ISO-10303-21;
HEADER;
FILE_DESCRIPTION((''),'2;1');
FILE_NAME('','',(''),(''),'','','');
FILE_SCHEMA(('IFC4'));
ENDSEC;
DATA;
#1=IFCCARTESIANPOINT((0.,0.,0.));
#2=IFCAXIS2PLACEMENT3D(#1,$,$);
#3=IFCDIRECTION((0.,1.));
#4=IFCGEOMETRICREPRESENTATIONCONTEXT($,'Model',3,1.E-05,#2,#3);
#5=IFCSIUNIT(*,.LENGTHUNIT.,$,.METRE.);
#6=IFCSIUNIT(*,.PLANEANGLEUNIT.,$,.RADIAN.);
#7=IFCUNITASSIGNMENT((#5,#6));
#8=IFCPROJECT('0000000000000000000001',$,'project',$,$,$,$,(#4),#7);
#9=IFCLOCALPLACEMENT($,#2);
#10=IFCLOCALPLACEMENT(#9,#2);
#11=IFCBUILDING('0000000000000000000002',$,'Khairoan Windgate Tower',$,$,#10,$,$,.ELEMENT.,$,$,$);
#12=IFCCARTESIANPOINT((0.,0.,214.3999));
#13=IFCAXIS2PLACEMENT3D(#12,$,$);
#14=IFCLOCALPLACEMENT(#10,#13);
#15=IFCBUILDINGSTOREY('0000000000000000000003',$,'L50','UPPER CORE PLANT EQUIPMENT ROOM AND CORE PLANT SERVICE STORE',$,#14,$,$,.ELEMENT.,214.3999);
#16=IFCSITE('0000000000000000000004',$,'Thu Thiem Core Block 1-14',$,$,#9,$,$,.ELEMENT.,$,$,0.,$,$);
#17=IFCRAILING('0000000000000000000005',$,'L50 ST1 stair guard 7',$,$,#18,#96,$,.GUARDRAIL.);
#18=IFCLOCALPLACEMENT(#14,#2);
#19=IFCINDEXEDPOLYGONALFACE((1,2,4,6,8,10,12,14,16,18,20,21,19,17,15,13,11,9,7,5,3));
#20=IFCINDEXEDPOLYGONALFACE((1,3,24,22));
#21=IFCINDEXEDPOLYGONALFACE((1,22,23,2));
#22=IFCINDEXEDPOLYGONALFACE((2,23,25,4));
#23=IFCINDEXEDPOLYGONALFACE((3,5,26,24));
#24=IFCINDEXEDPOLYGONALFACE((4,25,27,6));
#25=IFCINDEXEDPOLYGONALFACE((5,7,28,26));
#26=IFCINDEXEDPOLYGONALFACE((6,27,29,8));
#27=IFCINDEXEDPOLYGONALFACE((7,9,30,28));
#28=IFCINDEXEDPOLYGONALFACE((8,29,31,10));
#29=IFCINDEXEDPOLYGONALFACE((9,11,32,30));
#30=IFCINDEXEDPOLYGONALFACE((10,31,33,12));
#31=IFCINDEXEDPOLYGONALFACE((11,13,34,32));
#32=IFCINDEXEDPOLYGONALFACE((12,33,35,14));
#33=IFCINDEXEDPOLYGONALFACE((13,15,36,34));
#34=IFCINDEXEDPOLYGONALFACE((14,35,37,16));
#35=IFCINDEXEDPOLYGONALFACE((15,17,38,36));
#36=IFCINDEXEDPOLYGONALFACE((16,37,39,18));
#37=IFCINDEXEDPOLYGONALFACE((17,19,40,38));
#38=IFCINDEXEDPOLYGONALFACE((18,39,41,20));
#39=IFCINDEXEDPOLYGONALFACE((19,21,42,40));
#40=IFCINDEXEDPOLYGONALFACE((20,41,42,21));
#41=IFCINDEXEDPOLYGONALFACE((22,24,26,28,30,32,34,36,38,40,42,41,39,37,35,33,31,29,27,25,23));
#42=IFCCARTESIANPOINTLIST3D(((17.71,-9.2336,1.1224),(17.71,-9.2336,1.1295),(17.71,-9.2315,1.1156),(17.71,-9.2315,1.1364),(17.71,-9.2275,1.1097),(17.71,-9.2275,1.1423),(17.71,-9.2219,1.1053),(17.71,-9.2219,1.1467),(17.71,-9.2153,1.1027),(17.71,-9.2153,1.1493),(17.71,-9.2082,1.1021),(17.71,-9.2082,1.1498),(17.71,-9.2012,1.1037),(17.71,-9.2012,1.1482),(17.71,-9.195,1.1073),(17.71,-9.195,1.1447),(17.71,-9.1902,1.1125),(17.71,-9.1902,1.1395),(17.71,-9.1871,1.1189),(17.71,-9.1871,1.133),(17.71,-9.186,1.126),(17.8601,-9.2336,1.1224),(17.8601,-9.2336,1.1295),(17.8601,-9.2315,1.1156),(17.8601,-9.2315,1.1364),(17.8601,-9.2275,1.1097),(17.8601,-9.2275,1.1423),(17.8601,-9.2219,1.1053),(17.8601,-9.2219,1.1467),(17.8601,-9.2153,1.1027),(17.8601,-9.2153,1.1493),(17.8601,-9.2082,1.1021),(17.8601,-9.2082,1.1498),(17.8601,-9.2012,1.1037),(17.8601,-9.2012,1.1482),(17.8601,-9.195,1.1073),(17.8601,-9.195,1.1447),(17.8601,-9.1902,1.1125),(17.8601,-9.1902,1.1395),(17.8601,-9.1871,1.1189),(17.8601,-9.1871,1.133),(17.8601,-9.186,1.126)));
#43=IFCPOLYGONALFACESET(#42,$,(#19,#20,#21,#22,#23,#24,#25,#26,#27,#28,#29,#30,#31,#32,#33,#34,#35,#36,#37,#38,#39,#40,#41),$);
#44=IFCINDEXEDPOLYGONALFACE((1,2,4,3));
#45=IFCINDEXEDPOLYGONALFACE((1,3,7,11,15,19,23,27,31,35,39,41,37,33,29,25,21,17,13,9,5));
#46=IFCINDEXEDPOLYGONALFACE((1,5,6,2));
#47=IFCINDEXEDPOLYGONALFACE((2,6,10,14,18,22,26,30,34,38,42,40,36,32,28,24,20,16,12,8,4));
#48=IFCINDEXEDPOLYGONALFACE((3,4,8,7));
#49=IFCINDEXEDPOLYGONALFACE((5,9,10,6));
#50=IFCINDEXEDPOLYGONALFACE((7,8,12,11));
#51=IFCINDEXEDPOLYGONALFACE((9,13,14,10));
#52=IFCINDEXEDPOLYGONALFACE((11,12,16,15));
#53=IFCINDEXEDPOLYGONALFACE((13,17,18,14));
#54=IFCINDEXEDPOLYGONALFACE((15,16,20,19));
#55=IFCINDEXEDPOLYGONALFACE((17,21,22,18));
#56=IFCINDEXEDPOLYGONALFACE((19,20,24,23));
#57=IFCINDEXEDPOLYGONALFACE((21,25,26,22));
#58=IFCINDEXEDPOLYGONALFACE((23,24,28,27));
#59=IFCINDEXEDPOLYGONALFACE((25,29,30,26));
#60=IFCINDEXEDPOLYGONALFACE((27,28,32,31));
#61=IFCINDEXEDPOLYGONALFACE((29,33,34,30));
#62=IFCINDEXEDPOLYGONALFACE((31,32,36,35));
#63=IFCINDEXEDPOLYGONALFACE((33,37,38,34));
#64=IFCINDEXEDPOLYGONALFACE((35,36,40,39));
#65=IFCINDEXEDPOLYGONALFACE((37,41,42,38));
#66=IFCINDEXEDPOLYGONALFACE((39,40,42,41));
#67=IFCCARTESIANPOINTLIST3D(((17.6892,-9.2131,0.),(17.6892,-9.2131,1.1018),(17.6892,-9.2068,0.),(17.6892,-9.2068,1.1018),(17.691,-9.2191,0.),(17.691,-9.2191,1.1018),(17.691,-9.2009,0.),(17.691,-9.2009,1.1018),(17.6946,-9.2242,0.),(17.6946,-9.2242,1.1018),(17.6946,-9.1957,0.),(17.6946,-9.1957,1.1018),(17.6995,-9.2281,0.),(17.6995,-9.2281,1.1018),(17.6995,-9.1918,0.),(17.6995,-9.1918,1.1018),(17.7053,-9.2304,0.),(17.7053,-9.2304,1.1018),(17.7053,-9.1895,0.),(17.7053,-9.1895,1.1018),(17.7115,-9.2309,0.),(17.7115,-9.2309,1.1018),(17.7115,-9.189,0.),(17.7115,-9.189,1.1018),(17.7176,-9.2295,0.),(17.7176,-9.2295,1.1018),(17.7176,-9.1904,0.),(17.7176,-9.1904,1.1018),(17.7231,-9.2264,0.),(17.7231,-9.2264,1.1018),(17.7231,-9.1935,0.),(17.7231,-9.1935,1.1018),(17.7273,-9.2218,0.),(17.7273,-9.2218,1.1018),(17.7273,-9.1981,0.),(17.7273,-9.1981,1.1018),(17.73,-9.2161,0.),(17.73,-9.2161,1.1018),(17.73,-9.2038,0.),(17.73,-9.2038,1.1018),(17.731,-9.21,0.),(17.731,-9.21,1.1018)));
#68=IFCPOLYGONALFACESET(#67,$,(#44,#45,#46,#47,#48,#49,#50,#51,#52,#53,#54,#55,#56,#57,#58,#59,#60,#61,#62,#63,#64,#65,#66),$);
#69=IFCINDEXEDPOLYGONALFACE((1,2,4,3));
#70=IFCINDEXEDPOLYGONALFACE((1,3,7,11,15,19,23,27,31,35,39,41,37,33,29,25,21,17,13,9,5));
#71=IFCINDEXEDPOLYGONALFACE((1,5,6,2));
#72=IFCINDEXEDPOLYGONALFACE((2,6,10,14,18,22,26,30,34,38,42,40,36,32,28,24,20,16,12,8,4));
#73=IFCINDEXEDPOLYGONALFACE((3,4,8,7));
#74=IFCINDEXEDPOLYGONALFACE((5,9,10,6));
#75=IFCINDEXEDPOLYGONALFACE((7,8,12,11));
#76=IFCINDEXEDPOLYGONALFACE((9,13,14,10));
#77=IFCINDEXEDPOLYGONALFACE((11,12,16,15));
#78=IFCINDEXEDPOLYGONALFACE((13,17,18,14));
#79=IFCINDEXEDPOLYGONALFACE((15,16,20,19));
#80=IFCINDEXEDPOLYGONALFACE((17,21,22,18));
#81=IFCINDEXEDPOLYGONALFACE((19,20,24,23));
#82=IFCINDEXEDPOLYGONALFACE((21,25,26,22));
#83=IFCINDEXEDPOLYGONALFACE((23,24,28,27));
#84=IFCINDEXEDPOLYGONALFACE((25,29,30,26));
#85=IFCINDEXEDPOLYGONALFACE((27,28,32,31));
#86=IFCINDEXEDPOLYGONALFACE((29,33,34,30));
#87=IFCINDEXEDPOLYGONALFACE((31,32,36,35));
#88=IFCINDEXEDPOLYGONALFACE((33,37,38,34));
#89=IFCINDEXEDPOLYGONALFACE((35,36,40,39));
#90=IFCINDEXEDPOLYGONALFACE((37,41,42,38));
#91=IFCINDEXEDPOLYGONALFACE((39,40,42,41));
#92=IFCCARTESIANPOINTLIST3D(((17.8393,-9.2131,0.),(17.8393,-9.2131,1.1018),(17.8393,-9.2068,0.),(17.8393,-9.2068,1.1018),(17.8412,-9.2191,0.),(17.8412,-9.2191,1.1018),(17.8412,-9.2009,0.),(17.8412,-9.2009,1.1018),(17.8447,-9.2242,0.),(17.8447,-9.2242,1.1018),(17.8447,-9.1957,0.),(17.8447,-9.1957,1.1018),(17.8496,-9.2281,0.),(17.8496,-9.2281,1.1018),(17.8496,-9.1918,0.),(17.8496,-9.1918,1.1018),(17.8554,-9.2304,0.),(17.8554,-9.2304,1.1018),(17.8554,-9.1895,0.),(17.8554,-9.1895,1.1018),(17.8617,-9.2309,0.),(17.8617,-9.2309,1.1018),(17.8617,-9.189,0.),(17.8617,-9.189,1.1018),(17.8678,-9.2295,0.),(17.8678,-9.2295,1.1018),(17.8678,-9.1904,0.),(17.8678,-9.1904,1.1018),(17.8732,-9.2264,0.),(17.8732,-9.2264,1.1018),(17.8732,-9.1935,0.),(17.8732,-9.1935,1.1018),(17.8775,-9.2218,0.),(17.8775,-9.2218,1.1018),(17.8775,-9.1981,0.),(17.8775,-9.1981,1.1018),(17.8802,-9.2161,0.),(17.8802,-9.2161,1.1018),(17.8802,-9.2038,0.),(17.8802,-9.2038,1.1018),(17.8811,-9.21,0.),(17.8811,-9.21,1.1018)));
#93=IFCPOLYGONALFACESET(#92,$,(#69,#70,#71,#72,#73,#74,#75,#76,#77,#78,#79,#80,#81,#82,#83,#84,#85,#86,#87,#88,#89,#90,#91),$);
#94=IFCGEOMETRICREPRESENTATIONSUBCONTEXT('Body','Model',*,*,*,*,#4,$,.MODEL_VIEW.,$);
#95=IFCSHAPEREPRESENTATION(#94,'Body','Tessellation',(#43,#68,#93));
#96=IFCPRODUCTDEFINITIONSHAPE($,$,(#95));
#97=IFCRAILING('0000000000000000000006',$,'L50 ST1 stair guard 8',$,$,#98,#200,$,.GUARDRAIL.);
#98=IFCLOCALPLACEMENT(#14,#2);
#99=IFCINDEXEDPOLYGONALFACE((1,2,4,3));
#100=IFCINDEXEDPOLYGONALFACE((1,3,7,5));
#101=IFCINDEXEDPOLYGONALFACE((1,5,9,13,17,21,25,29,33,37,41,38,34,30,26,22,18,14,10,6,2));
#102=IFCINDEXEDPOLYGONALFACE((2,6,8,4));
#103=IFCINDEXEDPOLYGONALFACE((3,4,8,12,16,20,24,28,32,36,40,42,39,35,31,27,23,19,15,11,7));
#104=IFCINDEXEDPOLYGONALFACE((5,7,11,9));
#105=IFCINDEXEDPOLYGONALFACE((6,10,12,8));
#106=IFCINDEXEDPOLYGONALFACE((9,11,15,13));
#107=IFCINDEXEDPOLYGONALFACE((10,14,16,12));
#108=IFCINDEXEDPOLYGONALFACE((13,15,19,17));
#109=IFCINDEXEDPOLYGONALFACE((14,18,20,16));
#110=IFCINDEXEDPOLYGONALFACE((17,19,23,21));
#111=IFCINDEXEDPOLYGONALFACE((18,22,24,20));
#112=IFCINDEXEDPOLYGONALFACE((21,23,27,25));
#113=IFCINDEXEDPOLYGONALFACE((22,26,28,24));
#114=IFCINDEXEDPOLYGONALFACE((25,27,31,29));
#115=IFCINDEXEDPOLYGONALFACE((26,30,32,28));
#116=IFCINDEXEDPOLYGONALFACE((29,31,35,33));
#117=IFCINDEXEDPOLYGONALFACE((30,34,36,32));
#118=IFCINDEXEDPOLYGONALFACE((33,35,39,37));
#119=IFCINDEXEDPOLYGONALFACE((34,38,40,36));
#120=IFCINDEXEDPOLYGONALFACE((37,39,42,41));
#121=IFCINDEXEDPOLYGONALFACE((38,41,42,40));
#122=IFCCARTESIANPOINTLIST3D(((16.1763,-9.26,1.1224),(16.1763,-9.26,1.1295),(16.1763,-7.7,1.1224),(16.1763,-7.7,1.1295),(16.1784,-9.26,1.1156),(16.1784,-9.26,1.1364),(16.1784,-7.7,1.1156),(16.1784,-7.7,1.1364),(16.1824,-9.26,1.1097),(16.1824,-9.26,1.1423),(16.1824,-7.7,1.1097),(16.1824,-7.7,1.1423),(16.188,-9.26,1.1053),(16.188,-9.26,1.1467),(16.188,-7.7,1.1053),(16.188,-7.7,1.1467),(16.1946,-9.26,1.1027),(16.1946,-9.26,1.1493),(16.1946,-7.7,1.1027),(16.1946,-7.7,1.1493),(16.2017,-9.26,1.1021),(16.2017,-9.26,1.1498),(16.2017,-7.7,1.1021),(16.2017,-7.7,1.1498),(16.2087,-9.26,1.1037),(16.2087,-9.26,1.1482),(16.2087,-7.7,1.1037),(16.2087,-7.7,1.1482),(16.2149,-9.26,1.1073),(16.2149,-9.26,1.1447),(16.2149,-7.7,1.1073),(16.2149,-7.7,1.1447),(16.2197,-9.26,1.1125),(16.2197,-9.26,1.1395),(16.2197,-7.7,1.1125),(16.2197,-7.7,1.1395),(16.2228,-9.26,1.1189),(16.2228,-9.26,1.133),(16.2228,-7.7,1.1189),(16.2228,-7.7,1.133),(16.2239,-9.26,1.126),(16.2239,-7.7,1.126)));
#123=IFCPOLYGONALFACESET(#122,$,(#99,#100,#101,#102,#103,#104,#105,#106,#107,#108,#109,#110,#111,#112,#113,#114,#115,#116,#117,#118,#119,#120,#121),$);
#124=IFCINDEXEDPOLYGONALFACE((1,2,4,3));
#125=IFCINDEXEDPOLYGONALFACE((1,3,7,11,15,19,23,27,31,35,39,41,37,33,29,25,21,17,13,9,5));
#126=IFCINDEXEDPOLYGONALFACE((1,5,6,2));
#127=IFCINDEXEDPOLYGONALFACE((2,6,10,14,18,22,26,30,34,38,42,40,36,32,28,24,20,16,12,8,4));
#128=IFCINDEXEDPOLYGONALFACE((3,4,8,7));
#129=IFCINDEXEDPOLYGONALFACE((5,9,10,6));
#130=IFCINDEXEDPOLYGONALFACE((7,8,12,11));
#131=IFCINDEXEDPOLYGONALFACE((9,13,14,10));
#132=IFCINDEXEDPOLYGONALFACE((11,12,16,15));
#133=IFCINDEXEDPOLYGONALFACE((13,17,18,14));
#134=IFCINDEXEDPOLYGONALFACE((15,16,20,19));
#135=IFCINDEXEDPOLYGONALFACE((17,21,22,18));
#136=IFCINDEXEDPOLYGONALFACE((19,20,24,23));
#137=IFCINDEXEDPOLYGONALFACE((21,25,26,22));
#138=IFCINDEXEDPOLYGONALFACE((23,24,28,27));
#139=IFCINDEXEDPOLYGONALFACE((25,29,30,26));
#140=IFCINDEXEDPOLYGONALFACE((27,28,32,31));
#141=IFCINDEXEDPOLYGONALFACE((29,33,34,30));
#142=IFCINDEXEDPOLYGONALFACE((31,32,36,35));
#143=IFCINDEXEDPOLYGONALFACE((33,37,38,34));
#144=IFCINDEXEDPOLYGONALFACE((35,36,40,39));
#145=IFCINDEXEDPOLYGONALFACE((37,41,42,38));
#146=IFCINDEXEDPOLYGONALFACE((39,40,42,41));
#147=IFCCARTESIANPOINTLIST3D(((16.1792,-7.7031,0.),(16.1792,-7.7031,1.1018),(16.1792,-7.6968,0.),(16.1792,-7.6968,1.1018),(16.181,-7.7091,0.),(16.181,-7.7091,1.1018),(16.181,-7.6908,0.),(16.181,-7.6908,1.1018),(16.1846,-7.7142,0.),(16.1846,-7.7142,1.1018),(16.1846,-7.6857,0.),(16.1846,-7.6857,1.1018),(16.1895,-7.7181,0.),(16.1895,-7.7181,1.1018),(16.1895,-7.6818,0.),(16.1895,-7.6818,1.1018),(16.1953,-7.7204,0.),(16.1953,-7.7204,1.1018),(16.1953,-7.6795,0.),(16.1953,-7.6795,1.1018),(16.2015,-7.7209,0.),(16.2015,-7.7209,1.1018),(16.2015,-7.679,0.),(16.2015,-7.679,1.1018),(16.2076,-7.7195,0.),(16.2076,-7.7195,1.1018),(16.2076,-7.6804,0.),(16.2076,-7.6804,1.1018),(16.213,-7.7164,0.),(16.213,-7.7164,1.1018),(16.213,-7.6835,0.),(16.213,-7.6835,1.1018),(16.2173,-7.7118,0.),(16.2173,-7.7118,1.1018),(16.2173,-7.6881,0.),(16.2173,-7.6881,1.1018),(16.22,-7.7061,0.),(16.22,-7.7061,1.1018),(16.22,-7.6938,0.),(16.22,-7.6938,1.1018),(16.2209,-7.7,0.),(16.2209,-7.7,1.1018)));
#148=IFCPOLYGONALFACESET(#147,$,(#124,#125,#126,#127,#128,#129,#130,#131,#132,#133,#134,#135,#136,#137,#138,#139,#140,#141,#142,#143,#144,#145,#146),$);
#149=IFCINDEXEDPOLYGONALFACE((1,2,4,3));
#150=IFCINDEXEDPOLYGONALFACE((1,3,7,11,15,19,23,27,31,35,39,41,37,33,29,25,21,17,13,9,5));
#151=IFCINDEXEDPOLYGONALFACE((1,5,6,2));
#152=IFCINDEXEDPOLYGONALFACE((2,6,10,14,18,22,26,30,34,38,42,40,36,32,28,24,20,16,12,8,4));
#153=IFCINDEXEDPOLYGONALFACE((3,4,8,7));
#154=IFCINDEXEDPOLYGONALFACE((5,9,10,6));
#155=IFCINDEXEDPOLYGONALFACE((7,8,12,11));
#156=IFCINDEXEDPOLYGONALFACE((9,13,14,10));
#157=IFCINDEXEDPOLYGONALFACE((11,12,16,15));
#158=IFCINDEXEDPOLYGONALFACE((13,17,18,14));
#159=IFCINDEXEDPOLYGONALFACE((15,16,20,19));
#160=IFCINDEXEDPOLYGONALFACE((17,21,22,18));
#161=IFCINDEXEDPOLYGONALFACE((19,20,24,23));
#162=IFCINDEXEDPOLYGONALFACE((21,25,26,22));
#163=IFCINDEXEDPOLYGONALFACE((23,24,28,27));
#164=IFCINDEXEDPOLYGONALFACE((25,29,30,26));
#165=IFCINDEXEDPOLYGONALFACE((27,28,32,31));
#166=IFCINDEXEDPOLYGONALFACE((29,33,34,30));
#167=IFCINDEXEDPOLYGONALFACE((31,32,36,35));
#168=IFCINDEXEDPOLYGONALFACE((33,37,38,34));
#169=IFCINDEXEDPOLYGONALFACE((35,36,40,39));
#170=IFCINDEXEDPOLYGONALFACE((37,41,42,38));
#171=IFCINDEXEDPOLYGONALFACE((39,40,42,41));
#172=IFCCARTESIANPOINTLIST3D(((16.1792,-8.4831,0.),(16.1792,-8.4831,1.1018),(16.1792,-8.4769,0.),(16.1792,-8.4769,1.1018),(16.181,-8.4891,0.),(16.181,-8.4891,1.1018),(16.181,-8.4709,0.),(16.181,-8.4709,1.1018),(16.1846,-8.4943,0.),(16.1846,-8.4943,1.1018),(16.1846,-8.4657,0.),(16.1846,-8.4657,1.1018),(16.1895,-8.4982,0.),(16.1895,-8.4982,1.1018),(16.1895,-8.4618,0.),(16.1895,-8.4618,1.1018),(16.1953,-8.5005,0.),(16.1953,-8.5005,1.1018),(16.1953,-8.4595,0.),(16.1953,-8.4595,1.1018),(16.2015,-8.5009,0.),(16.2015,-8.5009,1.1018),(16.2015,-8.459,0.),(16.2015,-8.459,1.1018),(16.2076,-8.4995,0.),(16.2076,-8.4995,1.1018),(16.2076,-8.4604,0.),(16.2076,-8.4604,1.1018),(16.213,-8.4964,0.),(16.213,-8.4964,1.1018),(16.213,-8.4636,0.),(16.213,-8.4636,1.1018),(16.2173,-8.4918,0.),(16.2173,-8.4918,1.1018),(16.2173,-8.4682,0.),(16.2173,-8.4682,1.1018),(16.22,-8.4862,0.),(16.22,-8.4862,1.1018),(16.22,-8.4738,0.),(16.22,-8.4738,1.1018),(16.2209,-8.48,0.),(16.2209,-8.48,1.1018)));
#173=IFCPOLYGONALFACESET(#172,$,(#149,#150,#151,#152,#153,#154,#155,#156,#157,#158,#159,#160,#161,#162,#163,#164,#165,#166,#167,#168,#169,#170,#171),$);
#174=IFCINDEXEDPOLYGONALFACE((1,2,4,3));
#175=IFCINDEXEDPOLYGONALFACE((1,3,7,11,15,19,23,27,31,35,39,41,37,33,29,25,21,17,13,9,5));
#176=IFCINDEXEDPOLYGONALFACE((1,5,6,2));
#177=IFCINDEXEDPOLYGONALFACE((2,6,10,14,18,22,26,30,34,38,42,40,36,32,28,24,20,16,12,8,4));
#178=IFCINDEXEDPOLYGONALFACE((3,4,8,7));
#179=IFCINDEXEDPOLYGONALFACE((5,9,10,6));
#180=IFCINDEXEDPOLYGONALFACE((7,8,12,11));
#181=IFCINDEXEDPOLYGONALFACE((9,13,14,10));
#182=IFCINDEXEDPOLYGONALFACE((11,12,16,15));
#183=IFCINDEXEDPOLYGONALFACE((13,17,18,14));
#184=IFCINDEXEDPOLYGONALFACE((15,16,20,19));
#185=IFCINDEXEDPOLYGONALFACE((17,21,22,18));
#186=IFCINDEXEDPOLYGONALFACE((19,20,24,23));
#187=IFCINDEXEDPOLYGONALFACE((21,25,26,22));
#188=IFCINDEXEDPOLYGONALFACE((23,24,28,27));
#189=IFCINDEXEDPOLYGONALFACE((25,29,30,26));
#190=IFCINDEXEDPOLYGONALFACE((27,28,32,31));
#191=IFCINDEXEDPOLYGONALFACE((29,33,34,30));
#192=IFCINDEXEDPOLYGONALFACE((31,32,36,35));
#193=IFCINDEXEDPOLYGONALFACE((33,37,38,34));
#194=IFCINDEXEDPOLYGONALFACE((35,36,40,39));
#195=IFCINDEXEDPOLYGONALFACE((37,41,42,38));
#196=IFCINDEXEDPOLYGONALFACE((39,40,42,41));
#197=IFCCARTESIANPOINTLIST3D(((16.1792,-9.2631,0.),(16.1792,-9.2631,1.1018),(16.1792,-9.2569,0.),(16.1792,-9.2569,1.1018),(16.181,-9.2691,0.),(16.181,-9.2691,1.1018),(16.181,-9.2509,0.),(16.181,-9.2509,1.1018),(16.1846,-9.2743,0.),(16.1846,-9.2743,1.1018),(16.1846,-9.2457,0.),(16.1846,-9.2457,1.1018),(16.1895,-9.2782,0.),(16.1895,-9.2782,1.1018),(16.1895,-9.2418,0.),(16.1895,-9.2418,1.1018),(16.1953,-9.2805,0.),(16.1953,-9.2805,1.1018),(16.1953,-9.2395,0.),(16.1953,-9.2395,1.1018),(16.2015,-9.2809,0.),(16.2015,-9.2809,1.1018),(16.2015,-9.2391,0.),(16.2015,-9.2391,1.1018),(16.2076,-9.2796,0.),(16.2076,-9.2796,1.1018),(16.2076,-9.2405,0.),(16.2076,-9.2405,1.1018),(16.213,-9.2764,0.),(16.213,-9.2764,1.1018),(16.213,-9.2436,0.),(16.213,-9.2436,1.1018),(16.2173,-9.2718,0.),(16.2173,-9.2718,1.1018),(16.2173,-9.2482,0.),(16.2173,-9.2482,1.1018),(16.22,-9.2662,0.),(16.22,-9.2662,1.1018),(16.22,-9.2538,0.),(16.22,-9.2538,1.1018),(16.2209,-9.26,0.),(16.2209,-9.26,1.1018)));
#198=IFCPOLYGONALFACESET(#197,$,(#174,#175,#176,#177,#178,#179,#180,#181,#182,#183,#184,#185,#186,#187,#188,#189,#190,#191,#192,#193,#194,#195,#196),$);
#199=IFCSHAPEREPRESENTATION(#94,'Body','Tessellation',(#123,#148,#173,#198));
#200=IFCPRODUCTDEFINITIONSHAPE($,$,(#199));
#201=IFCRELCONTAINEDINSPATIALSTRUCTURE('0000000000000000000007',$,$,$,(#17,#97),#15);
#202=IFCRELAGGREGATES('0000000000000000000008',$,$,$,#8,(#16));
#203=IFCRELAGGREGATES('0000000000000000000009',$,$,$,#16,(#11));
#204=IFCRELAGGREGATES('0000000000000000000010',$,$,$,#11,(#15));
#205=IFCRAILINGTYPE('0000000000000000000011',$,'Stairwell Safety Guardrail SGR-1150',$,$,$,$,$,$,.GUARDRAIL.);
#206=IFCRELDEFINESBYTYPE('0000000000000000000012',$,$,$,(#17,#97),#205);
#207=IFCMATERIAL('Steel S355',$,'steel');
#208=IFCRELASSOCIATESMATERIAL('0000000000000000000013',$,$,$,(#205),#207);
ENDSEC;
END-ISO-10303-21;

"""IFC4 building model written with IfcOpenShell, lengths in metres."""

from ifc_helpers import new_model, si_unit, direction, frame, origin, origin_2d, place, context, subcontext, project, spatial, circle, extrude, material, type_object, element, save


model = new_model("IFC4")

# Units and contexts
model_context = context("Model", 3, precision=1e-05, world=origin(), true_north=direction((0.0, 1.0)))
body_context = subcontext(model_context, "Body", "Model", "MODEL_VIEW")
ifc_project = project(units=[si_unit("LENGTHUNIT", "METRE"), si_unit("PLANEANGLEUNIT", "RADIAN")], contexts=[model_context])

# Site, building, storey
site_placement = place(None, origin())
site = spatial("IfcSite", under=ifc_project, at=site_placement, Name="Thu Thiem Core Block 1-14", CompositionType="ELEMENT", RefElevation=0.0)
building_placement = place(site_placement, origin())
building = spatial("IfcBuilding", under=site, at=building_placement, Name="Khairoan Windgate Tower", CompositionType="ELEMENT")
storey_placement = place(building_placement, frame((0.0, 0.0, 214.3999)))
storey = spatial("IfcBuildingStorey", under=building, at=storey_placement, Name="L50", Description="UPPER CORE PLANT EQUIPMENT ROOM AND CORE PLANT SERVICE STORE", CompositionType="ELEMENT", Elevation=214.3999)

# Railings
ifc_material_1 = material(Name="Steel S355", Category="steel")
railing_type_1 = type_object("IfcRailingType", Name="Stairwell Safety Guardrail SGR-1150", PredefinedType="GUARDRAIL", material=ifc_material_1)
railing_1_placement = place(storey_placement, frame((17.71, -9.21, 0.0)))
element("IfcRailing", 1, at=railing_1_placement, inside=storey, type_object=railing_type_1, Name="L50 ST1 stair guard 7", PredefinedType="GUARDRAIL", context=body_context, shape_type="SweptSolid", body=[
    extrude(circle(Radius=0.0239, at=origin_2d()), frame((0.0, 0.0, 1.126), z_axis=(1.0, 0.0, 0.0), x_axis=(0.0, 1.0, 0.0)), (0.0, 0.0, 1.0), 0.1501),
    extrude(circle(Radius=0.021, at=origin_2d()), origin(), (0.0, 0.0, 1.0), 1.1018),
    extrude(circle(Radius=0.021, at=origin_2d()), frame((0.1501, 0.0, 0.0)), (0.0, 0.0, 1.0), 1.1018),
])
for number, where, name in (
    (2, (16.2, -7.7, 0.0), "L50 ST1 stair guard 8"),
):
    element("IfcRailing", number, at=place(storey_placement, frame(where)), inside=storey, type_object=railing_type_1, Name=name, PredefinedType="GUARDRAIL", context=body_context, shape_type="SweptSolid", body=[
        extrude(circle(Radius=0.0239, at=origin_2d()), frame((0.0, 0.0, 1.126), z_axis=(0.0, -1.0, 0.0), x_axis=(1.0, 0.0, 0.0)), (0.0, 0.0, 1.0), 1.5601),
        extrude(circle(Radius=0.021, at=origin_2d()), origin(), (0.0, 0.0, 1.0), 1.1018),
        extrude(circle(Radius=0.021, at=origin_2d()), frame((0.0, -0.78, 0.0)), (0.0, 0.0, 1.0), 1.1018),
        extrude(circle(Radius=0.021, at=origin_2d()), frame((0.0, -1.5601, 0.0)), (0.0, 0.0, 1.0), 1.1018),
    ])

save(model, "model.ifc")
